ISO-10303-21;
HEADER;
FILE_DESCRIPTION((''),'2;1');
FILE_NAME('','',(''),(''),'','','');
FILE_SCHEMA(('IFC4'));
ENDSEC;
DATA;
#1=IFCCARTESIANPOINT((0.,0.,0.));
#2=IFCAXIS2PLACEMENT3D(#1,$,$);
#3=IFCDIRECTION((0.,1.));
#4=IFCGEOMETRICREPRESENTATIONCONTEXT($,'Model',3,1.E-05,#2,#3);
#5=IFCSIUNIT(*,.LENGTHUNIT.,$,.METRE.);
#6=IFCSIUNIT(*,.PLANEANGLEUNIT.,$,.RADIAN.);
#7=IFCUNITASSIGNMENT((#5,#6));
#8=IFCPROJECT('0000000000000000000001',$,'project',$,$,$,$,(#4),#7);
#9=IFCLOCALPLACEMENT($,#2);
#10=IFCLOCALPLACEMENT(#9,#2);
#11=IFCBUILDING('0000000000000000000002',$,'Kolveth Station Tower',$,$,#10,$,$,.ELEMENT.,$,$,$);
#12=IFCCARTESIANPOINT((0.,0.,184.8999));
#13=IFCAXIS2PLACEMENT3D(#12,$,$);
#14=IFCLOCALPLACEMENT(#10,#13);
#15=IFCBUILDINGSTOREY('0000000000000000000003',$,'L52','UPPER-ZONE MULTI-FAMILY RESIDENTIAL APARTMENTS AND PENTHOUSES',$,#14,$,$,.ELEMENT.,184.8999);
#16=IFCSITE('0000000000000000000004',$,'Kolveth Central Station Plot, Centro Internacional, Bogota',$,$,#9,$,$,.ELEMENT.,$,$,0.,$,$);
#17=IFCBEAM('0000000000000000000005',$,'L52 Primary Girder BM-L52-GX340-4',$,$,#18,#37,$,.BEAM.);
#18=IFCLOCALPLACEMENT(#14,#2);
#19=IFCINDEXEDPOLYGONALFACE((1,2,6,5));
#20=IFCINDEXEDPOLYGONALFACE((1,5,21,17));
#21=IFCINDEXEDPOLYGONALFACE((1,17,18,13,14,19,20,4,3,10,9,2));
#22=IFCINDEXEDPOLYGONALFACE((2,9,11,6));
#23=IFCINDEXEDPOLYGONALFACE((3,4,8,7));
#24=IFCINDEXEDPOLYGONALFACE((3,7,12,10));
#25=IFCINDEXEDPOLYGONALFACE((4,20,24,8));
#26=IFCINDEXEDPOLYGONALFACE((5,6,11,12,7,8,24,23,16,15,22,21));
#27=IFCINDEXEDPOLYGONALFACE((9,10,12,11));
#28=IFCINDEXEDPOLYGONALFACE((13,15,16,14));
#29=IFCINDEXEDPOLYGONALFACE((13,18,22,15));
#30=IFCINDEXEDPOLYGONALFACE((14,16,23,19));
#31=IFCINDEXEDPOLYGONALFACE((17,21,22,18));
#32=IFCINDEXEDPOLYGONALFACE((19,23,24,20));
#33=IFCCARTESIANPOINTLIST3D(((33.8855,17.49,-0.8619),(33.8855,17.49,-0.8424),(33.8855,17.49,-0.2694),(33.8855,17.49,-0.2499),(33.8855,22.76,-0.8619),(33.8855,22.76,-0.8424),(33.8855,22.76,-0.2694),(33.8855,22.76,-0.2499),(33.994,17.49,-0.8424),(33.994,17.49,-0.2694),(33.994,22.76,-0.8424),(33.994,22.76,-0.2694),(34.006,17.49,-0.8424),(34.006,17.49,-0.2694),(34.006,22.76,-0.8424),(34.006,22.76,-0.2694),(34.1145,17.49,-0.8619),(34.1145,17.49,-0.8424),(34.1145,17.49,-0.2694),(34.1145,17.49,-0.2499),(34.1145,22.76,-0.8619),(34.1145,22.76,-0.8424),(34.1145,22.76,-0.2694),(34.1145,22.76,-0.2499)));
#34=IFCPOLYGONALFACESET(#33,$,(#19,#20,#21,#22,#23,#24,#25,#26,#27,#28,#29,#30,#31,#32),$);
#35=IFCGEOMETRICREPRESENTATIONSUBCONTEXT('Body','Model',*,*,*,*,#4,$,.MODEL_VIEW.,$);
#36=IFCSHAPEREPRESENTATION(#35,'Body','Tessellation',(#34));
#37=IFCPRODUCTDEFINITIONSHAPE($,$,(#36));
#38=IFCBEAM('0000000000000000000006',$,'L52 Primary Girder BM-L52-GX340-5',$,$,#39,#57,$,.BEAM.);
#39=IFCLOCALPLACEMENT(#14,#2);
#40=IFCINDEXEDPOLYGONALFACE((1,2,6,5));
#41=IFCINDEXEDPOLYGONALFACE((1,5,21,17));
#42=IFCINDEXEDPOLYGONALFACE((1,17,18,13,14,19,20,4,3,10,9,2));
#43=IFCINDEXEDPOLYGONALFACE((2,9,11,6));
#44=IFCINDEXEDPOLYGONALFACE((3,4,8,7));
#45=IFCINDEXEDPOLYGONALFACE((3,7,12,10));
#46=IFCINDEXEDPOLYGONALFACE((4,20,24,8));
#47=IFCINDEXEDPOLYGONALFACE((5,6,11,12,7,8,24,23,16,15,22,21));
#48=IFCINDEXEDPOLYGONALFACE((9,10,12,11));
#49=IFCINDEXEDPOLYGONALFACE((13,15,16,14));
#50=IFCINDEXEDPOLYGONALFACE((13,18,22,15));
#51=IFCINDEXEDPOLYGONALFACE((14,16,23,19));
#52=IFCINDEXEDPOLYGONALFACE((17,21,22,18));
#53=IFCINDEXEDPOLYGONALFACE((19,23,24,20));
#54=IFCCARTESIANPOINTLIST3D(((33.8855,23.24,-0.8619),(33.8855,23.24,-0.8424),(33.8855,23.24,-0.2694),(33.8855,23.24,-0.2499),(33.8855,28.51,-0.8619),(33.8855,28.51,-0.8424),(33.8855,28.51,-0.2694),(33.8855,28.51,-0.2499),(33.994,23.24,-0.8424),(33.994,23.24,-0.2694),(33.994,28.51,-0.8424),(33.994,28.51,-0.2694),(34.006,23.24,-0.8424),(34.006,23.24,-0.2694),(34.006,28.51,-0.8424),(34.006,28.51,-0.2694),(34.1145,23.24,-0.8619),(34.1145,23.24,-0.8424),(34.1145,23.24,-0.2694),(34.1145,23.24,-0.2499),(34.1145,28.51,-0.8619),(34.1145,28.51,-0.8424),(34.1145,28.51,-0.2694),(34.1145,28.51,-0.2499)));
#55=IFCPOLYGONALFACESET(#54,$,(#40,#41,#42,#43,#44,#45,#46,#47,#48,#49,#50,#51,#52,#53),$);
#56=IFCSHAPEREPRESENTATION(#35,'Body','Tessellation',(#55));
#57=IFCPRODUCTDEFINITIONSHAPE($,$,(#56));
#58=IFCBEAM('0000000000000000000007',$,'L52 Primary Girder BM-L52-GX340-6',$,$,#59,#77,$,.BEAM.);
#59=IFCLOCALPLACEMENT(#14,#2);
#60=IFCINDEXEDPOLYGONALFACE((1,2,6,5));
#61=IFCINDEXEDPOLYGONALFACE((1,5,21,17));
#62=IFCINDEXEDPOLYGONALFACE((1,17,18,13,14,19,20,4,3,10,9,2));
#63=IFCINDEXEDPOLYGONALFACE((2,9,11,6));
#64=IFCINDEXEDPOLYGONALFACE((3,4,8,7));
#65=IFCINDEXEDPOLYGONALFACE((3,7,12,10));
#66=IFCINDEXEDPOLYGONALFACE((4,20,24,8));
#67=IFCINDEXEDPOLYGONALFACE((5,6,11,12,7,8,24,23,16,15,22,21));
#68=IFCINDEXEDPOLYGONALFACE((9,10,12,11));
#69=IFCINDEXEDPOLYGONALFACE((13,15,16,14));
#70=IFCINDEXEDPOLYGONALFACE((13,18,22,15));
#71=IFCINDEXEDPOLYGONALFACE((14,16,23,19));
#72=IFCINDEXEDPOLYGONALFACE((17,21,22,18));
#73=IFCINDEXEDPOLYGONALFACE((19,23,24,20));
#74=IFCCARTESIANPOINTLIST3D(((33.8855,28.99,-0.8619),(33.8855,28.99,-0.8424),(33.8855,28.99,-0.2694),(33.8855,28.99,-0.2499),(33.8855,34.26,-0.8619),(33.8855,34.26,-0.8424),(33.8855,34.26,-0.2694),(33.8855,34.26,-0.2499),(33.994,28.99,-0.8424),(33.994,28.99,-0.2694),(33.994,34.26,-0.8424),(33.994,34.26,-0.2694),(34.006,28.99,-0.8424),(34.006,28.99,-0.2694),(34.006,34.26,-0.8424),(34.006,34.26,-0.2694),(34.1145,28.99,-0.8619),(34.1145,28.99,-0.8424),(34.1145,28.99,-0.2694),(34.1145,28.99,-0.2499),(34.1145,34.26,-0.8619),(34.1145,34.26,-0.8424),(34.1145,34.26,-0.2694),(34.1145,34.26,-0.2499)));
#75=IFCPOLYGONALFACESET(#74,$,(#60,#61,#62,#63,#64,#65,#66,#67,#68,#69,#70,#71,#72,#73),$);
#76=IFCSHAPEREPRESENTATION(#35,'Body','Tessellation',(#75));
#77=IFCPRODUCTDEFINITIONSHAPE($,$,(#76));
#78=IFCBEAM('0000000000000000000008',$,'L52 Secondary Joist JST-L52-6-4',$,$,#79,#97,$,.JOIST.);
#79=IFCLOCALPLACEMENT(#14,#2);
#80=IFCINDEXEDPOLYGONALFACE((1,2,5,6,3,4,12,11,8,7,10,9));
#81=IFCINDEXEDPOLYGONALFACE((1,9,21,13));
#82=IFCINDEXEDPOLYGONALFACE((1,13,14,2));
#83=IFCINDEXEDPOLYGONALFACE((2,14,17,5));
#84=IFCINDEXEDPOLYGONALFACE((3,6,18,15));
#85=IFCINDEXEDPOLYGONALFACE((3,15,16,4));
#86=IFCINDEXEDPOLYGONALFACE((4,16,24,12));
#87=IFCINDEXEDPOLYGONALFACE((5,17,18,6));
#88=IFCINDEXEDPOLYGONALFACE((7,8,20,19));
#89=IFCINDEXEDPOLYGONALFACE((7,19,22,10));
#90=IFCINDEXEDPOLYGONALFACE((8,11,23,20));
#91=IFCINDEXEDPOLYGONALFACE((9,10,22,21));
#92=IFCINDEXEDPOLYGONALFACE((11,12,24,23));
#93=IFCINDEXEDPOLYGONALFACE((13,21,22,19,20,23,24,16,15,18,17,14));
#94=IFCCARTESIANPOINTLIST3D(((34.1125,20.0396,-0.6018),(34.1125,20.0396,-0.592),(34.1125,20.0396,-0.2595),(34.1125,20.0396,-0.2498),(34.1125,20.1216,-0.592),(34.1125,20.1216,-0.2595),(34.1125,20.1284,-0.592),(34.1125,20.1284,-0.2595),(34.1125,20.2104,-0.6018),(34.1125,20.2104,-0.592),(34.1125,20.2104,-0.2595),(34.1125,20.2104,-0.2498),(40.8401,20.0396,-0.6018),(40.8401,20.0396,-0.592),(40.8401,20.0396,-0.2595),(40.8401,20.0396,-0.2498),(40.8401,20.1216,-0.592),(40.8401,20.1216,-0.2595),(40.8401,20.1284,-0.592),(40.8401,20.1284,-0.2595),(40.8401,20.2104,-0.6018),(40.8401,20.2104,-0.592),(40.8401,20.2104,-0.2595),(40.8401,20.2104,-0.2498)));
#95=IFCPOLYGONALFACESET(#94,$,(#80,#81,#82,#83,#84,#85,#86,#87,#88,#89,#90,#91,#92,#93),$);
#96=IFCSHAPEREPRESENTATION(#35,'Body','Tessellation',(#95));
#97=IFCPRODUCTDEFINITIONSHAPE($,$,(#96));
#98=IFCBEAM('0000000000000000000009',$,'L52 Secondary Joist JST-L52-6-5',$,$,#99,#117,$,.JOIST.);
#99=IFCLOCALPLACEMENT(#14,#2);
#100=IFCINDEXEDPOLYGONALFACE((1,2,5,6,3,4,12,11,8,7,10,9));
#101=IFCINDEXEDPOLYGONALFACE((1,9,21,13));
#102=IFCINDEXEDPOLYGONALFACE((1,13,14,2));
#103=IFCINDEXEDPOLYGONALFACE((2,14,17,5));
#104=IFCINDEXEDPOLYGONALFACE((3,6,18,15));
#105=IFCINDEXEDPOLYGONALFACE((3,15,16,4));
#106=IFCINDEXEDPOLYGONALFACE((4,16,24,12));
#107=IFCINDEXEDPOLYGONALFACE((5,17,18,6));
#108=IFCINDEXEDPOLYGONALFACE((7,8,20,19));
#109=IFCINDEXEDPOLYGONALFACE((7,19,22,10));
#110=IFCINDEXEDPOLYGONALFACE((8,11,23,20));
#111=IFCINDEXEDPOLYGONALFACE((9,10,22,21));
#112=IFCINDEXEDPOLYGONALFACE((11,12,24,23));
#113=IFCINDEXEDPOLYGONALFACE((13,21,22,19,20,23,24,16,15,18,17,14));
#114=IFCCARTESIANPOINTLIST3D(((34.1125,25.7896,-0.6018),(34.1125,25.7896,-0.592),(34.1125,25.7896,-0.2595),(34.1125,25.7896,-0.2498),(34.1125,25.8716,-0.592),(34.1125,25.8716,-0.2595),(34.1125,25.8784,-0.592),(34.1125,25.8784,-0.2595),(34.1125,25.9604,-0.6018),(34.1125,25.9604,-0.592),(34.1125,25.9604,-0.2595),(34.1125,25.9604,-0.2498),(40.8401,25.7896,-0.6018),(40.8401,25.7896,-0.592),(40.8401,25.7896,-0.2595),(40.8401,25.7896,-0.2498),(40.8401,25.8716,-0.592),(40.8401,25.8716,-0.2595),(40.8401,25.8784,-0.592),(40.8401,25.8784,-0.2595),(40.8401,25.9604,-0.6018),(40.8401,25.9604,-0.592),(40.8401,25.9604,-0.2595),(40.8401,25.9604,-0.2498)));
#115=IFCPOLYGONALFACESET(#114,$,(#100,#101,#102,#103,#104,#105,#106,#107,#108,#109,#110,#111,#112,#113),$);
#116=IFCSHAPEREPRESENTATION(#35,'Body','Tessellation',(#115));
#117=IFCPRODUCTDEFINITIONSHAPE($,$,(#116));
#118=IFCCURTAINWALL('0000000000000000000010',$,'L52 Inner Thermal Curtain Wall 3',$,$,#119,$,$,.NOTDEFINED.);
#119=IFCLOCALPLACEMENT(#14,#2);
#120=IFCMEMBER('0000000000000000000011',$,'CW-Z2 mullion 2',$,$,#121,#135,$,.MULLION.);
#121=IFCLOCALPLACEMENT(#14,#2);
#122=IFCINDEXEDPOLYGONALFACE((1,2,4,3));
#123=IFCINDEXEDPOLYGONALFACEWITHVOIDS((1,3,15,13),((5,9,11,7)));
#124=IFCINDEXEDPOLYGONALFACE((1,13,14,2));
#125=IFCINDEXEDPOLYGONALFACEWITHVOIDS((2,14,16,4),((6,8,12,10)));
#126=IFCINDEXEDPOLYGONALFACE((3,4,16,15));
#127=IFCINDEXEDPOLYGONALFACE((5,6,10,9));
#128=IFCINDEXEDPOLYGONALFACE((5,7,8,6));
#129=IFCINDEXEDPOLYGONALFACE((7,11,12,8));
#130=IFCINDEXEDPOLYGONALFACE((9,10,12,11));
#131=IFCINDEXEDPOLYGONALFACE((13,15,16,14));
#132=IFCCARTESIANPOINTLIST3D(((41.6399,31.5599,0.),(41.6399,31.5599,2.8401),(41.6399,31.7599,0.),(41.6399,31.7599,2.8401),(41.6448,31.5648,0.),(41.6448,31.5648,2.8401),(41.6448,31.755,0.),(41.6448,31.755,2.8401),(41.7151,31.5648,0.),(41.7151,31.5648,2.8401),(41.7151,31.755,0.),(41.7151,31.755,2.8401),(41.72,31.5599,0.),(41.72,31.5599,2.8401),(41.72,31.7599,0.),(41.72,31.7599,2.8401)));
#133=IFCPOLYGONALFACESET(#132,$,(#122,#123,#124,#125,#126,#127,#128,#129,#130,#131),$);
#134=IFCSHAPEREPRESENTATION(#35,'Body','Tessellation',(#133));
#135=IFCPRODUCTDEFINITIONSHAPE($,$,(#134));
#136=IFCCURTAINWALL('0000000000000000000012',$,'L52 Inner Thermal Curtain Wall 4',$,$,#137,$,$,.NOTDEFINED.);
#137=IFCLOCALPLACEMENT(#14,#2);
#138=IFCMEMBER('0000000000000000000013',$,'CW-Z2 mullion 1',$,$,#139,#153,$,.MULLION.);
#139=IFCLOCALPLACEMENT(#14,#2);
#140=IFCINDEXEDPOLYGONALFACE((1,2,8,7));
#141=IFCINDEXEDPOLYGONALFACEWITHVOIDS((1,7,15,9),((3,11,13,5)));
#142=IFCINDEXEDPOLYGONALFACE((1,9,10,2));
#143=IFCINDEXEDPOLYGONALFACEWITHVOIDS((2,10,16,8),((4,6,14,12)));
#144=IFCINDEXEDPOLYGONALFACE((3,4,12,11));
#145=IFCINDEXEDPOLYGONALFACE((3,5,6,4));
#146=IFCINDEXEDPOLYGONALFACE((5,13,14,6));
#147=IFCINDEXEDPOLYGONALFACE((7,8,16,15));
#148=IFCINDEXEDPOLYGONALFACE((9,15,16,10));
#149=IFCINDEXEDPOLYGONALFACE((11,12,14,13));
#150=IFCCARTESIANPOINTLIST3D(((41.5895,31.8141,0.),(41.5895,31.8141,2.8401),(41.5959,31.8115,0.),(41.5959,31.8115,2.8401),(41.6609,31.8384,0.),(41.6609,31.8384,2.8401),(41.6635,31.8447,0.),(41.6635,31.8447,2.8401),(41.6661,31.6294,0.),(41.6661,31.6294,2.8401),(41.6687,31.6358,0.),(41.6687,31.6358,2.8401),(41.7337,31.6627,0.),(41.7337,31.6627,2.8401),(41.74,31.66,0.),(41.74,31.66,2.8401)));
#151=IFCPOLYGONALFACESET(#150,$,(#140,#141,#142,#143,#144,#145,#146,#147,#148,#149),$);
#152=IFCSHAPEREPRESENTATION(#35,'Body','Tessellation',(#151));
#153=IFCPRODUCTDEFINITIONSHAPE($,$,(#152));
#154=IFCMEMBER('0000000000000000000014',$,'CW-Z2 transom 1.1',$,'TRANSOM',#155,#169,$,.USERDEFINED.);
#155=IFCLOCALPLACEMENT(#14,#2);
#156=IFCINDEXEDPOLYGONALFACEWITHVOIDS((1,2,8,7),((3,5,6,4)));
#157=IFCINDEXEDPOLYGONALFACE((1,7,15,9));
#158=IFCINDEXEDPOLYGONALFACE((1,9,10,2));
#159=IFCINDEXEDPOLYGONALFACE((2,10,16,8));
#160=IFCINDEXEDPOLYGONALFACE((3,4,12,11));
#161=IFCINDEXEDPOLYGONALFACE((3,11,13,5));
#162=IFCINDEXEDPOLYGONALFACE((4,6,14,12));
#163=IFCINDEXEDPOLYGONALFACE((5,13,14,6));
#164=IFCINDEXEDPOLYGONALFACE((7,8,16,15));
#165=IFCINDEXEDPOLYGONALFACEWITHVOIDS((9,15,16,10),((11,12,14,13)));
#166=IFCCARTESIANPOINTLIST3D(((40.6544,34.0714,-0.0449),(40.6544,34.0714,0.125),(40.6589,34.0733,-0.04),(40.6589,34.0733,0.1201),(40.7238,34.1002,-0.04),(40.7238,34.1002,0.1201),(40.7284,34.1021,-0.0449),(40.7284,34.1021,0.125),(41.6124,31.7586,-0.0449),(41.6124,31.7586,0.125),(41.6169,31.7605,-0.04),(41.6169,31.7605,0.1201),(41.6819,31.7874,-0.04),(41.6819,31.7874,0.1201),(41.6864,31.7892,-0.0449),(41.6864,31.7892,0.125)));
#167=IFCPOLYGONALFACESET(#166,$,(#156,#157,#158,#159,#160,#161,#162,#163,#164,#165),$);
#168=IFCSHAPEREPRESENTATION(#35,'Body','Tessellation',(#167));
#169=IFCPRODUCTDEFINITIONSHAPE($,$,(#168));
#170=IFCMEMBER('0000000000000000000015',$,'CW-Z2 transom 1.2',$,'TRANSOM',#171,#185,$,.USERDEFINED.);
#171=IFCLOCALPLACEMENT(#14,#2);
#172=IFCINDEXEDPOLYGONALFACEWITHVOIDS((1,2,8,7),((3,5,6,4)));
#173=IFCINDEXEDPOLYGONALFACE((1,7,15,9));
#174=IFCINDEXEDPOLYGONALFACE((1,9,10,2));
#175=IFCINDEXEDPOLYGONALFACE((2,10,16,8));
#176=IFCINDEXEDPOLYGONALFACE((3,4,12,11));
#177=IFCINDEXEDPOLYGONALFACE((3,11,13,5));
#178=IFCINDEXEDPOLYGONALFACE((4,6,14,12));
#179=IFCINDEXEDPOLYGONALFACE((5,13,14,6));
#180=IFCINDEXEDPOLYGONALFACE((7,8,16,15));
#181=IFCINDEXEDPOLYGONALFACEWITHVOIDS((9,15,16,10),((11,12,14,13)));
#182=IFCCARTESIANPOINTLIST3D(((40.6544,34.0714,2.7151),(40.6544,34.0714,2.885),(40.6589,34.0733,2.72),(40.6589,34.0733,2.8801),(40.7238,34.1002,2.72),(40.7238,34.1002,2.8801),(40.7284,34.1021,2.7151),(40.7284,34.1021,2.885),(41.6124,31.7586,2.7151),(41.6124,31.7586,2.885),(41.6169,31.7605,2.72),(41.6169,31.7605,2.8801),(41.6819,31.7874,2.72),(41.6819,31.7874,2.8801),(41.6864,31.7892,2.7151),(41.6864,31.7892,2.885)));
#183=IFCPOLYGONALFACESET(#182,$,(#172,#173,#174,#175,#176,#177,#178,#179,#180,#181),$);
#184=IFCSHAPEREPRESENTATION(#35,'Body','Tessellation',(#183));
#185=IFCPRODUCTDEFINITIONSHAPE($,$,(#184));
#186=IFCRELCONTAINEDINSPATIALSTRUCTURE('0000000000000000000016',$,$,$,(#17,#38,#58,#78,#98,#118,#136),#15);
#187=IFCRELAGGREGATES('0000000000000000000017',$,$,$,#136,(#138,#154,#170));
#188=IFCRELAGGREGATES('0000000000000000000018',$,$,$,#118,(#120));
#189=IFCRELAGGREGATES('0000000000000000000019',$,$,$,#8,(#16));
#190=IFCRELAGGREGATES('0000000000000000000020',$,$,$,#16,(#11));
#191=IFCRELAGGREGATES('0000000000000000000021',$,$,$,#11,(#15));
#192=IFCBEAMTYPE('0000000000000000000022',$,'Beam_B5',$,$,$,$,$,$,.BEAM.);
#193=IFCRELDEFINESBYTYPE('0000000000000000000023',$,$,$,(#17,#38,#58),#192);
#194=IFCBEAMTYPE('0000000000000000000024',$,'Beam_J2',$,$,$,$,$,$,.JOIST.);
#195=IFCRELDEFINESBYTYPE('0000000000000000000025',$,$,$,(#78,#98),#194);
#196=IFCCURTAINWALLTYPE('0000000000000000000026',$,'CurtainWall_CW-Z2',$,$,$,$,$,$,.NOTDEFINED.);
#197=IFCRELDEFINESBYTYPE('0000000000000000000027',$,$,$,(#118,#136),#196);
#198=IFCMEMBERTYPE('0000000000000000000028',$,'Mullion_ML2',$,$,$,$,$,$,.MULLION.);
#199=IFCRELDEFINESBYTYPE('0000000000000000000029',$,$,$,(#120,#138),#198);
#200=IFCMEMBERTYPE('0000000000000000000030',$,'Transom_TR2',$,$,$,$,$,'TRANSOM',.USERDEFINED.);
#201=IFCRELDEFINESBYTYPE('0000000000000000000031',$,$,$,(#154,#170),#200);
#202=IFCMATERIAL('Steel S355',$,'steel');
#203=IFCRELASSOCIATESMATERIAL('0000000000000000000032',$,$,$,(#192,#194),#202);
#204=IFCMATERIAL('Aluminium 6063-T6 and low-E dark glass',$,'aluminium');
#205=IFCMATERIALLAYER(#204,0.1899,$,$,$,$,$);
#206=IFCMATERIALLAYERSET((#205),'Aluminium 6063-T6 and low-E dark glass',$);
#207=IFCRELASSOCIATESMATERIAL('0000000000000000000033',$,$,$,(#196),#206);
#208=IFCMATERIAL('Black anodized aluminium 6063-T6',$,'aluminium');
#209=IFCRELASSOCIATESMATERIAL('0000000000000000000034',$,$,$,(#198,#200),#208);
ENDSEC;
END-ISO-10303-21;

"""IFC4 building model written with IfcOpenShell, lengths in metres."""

from ifc_helpers import new_model, si_unit, direction, frame, origin, origin_2d, place, context, subcontext, project, spatial, hollow_rectangle, i_section, extrude, source, transform, mapped, material, layer, layer_set, material_profile, profile_set, type_object, element, aggregate, save


model = new_model("IFC4")

# Units and contexts
model_context = context("Model", 3, precision=1e-05, world=origin(), true_north=direction((0.0, 1.0)))
body_context = subcontext(model_context, "Body", "Model", "MODEL_VIEW")
ifc_project = project(units=[si_unit("LENGTHUNIT", "METRE"), si_unit("PLANEANGLEUNIT", "RADIAN")], contexts=[model_context])

# Site, building, storey
site_placement = place(None, origin())
site = spatial("IfcSite", under=ifc_project, at=site_placement, Name="Kolveth Central Station Plot, Centro Internacional, Bogota", CompositionType="ELEMENT", RefElevation=0.0)
building_placement = place(site_placement, origin())
building = spatial("IfcBuilding", under=site, at=building_placement, Name="Kolveth Station Tower", CompositionType="ELEMENT")
storey_placement = place(building_placement, frame((0.0, 0.0, 184.8999)))
storey = spatial("IfcBuildingStorey", under=building, at=storey_placement, Name="L52", Description="UPPER-ZONE MULTI-FAMILY RESIDENTIAL APARTMENTS AND PENTHOUSES", CompositionType="ELEMENT", Elevation=184.8999)

# Shared definitions
ifc_material_1 = material(Name="Steel S355", Category="steel")

# Beams
ifc_material_profile_1 = material_profile(ifc_material_1, i_section(OverallWidth=0.229, OverallDepth=0.6121, WebThickness=0.012, FlangeThickness=0.0195, at=origin_2d()), Name="W610x125")
ifc_profile_set_1 = profile_set([ifc_material_profile_1], Name="Steel S355")
beam_type_1 = type_object("IfcBeamType", Name="Beam_B5", PredefinedType="BEAM", material=ifc_profile_set_1)
shared_shape_1 = source(origin(), body_context, "Body", "SweptSolid", [
    extrude(i_section(OverallWidth=0.229, OverallDepth=0.6121, WebThickness=0.012, FlangeThickness=0.0195, at=origin_2d()), origin(), (0.0, 0.0, 1.0), 5.27),
])
for number, where, z_axis, x_axis, name in (
    (1, (34.0, 17.49, -0.5559), (0.0, 1.0, 0.0), (-1.0, 0.0, 0.0), "L52 Primary Girder BM-L52-GX340-4"),
    (2, (34.0, 23.24, -0.5559), (0.0, 1.0, 0.0), (-1.0, 0.0, 0.0), "L52 Primary Girder BM-L52-GX340-5"),
    (3, (34.0, 28.99, -0.5559), (0.0, 1.0, 0.0), (-1.0, 0.0, 0.0), "L52 Primary Girder BM-L52-GX340-6"),
):
    element("IfcBeam", number, at=place(storey_placement, frame(where, z_axis=z_axis, x_axis=x_axis)), inside=storey, type_object=beam_type_1, Name=name, PredefinedType="BEAM", context=body_context, shape_type="MappedRepresentation", body=[
        mapped(shared_shape_1, transform((0.0, 0.0, 0.0), x_axis=(1.0, 0.0, 0.0), y_axis=(0.0, 1.0, 0.0), z_axis=(0.0, 0.0, 1.0), scale=1.0)),
    ])
ifc_material_profile_2 = material_profile(ifc_material_1, i_section(OverallWidth=0.1709, OverallDepth=0.3521, WebThickness=0.0068, FlangeThickness=0.0098, at=origin_2d()), Name="W360x44")
ifc_profile_set_2 = profile_set([ifc_material_profile_2], Name="Steel S355")
beam_type_2 = type_object("IfcBeamType", Name="Beam_J2", PredefinedType="JOIST", material=ifc_profile_set_2)
shared_shape_2 = source(origin(), body_context, "Body", "SweptSolid", [
    extrude(i_section(OverallWidth=0.1709, OverallDepth=0.3521, WebThickness=0.0068, FlangeThickness=0.0098, at=origin_2d()), origin(), (0.0, 0.0, 1.0), 6.7275),
])
for number, where, z_axis, x_axis, name in (
    (4, (34.1125, 20.125, -0.4258), (1.0, 0.0, 0.0), (0.0, 1.0, 0.0), "L52 Secondary Joist JST-L52-6-4"),
    (5, (34.1125, 25.875, -0.4258), (1.0, 0.0, 0.0), (0.0, 1.0, 0.0), "L52 Secondary Joist JST-L52-6-5"),
):
    element("IfcBeam", number, at=place(storey_placement, frame(where, z_axis=z_axis, x_axis=x_axis)), inside=storey, type_object=beam_type_2, Name=name, PredefinedType="JOIST", context=body_context, shape_type="MappedRepresentation", body=[
        mapped(shared_shape_2, transform((0.0, 0.0, 0.0), x_axis=(1.0, 0.0, 0.0), y_axis=(0.0, 1.0, 0.0), z_axis=(0.0, 0.0, 1.0), scale=1.0)),
    ])

# Curtain wall, member
ifc_material_2 = material(Name="Aluminium 6063-T6 and low-E dark glass", Category="aluminium")
ifc_layer_1 = layer(ifc_material_2, 0.1899)
ifc_layer_set_1 = layer_set([ifc_layer_1], Name="Aluminium 6063-T6 and low-E dark glass")
curtain_wall_type = type_object("IfcCurtainWallType", Name="CurtainWall_CW-Z2", PredefinedType="NOTDEFINED", material=ifc_layer_set_1)
curtain_wall_1_placement = place(storey_placement, origin())
curtain_wall_1 = element("IfcCurtainWall", 6, at=curtain_wall_1_placement, inside=storey, type_object=curtain_wall_type, Name="L52 Inner Thermal Curtain Wall 3", PredefinedType="NOTDEFINED")
ifc_material_3 = material(Name="Black anodized aluminium 6063-T6", Category="aluminium")
ifc_material_profile_3 = material_profile(ifc_material_3, hollow_rectangle(XDim=0.0801, YDim=0.2, WallThickness=0.0049, at=origin_2d()), Name="ALU-80x200x5")
ifc_profile_set_3 = profile_set([ifc_material_profile_3], Name="Black anodized aluminium 6063-T6")
member_type_1 = type_object("IfcMemberType", Name="Mullion_ML2", PredefinedType="MULLION", material=ifc_profile_set_3)
shared_shape_3 = source(origin(), body_context, "Body", "SweptSolid", [
    extrude(hollow_rectangle(XDim=0.0801, YDim=0.2, WallThickness=0.0049, at=origin_2d()), origin(), (0.0, 0.0, 1.0), 2.8401),
])
member_1_placement = place(storey_placement, frame((41.6799, 31.6599, 0.0), z_axis=(0.0, 0.0, 1.0), x_axis=(-1.0, 0.0, 0.0)))
member_1 = element("IfcMember", 7, at=member_1_placement, type_object=member_type_1, Name="CW-Z2 mullion 2", PredefinedType="MULLION", context=body_context, shape_type="MappedRepresentation", body=[
    mapped(shared_shape_3, transform((0.0, 0.0, 0.0), x_axis=(1.0, 0.0, 0.0), y_axis=(0.0, 1.0, 0.0), z_axis=(0.0, 0.0, 1.0), scale=1.0)),
])

# Curtain wall, members
curtain_wall_2_placement = place(storey_placement, origin())
curtain_wall_2 = element("IfcCurtainWall", 8, at=curtain_wall_2_placement, inside=storey, type_object=curtain_wall_type, Name="L52 Inner Thermal Curtain Wall 4", PredefinedType="NOTDEFINED")
member_2_placement = place(storey_placement, frame((41.6648, 31.7371, 0.0), z_axis=(0.0, 0.0, 1.0), x_axis=(-0.923874, -0.382698, 0.0)))
member_2 = element("IfcMember", 9, at=member_2_placement, type_object=member_type_1, Name="CW-Z2 mullion 1", PredefinedType="MULLION", context=body_context, shape_type="MappedRepresentation", body=[
    mapped(shared_shape_3, transform((0.0, 0.0, 0.0), x_axis=(1.0, 0.0, 0.0), y_axis=(0.0, 1.0, 0.0), z_axis=(0.0, 0.0, 1.0), scale=1.0)),
])
ifc_material_profile_4 = material_profile(ifc_material_3, hollow_rectangle(XDim=0.0801, YDim=0.1699, WallThickness=0.0049, at=origin_2d()), Name="ALU-80x170x5")
ifc_profile_set_4 = profile_set([ifc_material_profile_4], Name="Black anodized aluminium 6063-T6")
member_type_2 = type_object("IfcMemberType", Name="Transom_TR2", ElementType="TRANSOM", PredefinedType="USERDEFINED", material=ifc_profile_set_4)
shared_shape_4 = source(origin(), body_context, "Body", "SweptSolid", [
    extrude(hollow_rectangle(XDim=0.0801, YDim=0.1699, WallThickness=0.0049, at=origin_2d()), origin(), (0.0, 0.0, 1.0), 2.5034),
])
member_3_placement = place(storey_placement, frame((41.6494, 31.7739, 0.04), z_axis=(-0.382696, 0.923874, 0.0), x_axis=(-0.923874, -0.382696, 0.0)))
member_3 = element("IfcMember", 10, at=member_3_placement, type_object=member_type_2, Name="CW-Z2 transom 1.1", ObjectType="TRANSOM", PredefinedType="USERDEFINED", context=body_context, shape_type="MappedRepresentation", body=[
    mapped(shared_shape_4, transform((0.0, 0.0, 0.0), x_axis=(1.0, 0.0, 0.0), y_axis=(0.0, 1.0, 0.0), z_axis=(0.0, 0.0, 1.0), scale=1.0)),
])
member_4_placement = place(storey_placement, frame((41.6494, 31.7739, 2.8), z_axis=(-0.382696, 0.923874, 0.0), x_axis=(-0.923874, -0.382696, 0.0)))
member_4 = element("IfcMember", 11, at=member_4_placement, type_object=member_type_2, Name="CW-Z2 transom 1.2", ObjectType="TRANSOM", PredefinedType="USERDEFINED", context=body_context, shape_type="MappedRepresentation", body=[
    mapped(shared_shape_4, transform((0.0, 0.0, 0.0), x_axis=(1.0, 0.0, 0.0), y_axis=(0.0, 1.0, 0.0), z_axis=(0.0, 0.0, 1.0), scale=1.0)),
])
aggregate(curtain_wall_2, [member_2, member_3, member_4])

aggregate(curtain_wall_1, [member_1])

save(model, "model.ifc")
